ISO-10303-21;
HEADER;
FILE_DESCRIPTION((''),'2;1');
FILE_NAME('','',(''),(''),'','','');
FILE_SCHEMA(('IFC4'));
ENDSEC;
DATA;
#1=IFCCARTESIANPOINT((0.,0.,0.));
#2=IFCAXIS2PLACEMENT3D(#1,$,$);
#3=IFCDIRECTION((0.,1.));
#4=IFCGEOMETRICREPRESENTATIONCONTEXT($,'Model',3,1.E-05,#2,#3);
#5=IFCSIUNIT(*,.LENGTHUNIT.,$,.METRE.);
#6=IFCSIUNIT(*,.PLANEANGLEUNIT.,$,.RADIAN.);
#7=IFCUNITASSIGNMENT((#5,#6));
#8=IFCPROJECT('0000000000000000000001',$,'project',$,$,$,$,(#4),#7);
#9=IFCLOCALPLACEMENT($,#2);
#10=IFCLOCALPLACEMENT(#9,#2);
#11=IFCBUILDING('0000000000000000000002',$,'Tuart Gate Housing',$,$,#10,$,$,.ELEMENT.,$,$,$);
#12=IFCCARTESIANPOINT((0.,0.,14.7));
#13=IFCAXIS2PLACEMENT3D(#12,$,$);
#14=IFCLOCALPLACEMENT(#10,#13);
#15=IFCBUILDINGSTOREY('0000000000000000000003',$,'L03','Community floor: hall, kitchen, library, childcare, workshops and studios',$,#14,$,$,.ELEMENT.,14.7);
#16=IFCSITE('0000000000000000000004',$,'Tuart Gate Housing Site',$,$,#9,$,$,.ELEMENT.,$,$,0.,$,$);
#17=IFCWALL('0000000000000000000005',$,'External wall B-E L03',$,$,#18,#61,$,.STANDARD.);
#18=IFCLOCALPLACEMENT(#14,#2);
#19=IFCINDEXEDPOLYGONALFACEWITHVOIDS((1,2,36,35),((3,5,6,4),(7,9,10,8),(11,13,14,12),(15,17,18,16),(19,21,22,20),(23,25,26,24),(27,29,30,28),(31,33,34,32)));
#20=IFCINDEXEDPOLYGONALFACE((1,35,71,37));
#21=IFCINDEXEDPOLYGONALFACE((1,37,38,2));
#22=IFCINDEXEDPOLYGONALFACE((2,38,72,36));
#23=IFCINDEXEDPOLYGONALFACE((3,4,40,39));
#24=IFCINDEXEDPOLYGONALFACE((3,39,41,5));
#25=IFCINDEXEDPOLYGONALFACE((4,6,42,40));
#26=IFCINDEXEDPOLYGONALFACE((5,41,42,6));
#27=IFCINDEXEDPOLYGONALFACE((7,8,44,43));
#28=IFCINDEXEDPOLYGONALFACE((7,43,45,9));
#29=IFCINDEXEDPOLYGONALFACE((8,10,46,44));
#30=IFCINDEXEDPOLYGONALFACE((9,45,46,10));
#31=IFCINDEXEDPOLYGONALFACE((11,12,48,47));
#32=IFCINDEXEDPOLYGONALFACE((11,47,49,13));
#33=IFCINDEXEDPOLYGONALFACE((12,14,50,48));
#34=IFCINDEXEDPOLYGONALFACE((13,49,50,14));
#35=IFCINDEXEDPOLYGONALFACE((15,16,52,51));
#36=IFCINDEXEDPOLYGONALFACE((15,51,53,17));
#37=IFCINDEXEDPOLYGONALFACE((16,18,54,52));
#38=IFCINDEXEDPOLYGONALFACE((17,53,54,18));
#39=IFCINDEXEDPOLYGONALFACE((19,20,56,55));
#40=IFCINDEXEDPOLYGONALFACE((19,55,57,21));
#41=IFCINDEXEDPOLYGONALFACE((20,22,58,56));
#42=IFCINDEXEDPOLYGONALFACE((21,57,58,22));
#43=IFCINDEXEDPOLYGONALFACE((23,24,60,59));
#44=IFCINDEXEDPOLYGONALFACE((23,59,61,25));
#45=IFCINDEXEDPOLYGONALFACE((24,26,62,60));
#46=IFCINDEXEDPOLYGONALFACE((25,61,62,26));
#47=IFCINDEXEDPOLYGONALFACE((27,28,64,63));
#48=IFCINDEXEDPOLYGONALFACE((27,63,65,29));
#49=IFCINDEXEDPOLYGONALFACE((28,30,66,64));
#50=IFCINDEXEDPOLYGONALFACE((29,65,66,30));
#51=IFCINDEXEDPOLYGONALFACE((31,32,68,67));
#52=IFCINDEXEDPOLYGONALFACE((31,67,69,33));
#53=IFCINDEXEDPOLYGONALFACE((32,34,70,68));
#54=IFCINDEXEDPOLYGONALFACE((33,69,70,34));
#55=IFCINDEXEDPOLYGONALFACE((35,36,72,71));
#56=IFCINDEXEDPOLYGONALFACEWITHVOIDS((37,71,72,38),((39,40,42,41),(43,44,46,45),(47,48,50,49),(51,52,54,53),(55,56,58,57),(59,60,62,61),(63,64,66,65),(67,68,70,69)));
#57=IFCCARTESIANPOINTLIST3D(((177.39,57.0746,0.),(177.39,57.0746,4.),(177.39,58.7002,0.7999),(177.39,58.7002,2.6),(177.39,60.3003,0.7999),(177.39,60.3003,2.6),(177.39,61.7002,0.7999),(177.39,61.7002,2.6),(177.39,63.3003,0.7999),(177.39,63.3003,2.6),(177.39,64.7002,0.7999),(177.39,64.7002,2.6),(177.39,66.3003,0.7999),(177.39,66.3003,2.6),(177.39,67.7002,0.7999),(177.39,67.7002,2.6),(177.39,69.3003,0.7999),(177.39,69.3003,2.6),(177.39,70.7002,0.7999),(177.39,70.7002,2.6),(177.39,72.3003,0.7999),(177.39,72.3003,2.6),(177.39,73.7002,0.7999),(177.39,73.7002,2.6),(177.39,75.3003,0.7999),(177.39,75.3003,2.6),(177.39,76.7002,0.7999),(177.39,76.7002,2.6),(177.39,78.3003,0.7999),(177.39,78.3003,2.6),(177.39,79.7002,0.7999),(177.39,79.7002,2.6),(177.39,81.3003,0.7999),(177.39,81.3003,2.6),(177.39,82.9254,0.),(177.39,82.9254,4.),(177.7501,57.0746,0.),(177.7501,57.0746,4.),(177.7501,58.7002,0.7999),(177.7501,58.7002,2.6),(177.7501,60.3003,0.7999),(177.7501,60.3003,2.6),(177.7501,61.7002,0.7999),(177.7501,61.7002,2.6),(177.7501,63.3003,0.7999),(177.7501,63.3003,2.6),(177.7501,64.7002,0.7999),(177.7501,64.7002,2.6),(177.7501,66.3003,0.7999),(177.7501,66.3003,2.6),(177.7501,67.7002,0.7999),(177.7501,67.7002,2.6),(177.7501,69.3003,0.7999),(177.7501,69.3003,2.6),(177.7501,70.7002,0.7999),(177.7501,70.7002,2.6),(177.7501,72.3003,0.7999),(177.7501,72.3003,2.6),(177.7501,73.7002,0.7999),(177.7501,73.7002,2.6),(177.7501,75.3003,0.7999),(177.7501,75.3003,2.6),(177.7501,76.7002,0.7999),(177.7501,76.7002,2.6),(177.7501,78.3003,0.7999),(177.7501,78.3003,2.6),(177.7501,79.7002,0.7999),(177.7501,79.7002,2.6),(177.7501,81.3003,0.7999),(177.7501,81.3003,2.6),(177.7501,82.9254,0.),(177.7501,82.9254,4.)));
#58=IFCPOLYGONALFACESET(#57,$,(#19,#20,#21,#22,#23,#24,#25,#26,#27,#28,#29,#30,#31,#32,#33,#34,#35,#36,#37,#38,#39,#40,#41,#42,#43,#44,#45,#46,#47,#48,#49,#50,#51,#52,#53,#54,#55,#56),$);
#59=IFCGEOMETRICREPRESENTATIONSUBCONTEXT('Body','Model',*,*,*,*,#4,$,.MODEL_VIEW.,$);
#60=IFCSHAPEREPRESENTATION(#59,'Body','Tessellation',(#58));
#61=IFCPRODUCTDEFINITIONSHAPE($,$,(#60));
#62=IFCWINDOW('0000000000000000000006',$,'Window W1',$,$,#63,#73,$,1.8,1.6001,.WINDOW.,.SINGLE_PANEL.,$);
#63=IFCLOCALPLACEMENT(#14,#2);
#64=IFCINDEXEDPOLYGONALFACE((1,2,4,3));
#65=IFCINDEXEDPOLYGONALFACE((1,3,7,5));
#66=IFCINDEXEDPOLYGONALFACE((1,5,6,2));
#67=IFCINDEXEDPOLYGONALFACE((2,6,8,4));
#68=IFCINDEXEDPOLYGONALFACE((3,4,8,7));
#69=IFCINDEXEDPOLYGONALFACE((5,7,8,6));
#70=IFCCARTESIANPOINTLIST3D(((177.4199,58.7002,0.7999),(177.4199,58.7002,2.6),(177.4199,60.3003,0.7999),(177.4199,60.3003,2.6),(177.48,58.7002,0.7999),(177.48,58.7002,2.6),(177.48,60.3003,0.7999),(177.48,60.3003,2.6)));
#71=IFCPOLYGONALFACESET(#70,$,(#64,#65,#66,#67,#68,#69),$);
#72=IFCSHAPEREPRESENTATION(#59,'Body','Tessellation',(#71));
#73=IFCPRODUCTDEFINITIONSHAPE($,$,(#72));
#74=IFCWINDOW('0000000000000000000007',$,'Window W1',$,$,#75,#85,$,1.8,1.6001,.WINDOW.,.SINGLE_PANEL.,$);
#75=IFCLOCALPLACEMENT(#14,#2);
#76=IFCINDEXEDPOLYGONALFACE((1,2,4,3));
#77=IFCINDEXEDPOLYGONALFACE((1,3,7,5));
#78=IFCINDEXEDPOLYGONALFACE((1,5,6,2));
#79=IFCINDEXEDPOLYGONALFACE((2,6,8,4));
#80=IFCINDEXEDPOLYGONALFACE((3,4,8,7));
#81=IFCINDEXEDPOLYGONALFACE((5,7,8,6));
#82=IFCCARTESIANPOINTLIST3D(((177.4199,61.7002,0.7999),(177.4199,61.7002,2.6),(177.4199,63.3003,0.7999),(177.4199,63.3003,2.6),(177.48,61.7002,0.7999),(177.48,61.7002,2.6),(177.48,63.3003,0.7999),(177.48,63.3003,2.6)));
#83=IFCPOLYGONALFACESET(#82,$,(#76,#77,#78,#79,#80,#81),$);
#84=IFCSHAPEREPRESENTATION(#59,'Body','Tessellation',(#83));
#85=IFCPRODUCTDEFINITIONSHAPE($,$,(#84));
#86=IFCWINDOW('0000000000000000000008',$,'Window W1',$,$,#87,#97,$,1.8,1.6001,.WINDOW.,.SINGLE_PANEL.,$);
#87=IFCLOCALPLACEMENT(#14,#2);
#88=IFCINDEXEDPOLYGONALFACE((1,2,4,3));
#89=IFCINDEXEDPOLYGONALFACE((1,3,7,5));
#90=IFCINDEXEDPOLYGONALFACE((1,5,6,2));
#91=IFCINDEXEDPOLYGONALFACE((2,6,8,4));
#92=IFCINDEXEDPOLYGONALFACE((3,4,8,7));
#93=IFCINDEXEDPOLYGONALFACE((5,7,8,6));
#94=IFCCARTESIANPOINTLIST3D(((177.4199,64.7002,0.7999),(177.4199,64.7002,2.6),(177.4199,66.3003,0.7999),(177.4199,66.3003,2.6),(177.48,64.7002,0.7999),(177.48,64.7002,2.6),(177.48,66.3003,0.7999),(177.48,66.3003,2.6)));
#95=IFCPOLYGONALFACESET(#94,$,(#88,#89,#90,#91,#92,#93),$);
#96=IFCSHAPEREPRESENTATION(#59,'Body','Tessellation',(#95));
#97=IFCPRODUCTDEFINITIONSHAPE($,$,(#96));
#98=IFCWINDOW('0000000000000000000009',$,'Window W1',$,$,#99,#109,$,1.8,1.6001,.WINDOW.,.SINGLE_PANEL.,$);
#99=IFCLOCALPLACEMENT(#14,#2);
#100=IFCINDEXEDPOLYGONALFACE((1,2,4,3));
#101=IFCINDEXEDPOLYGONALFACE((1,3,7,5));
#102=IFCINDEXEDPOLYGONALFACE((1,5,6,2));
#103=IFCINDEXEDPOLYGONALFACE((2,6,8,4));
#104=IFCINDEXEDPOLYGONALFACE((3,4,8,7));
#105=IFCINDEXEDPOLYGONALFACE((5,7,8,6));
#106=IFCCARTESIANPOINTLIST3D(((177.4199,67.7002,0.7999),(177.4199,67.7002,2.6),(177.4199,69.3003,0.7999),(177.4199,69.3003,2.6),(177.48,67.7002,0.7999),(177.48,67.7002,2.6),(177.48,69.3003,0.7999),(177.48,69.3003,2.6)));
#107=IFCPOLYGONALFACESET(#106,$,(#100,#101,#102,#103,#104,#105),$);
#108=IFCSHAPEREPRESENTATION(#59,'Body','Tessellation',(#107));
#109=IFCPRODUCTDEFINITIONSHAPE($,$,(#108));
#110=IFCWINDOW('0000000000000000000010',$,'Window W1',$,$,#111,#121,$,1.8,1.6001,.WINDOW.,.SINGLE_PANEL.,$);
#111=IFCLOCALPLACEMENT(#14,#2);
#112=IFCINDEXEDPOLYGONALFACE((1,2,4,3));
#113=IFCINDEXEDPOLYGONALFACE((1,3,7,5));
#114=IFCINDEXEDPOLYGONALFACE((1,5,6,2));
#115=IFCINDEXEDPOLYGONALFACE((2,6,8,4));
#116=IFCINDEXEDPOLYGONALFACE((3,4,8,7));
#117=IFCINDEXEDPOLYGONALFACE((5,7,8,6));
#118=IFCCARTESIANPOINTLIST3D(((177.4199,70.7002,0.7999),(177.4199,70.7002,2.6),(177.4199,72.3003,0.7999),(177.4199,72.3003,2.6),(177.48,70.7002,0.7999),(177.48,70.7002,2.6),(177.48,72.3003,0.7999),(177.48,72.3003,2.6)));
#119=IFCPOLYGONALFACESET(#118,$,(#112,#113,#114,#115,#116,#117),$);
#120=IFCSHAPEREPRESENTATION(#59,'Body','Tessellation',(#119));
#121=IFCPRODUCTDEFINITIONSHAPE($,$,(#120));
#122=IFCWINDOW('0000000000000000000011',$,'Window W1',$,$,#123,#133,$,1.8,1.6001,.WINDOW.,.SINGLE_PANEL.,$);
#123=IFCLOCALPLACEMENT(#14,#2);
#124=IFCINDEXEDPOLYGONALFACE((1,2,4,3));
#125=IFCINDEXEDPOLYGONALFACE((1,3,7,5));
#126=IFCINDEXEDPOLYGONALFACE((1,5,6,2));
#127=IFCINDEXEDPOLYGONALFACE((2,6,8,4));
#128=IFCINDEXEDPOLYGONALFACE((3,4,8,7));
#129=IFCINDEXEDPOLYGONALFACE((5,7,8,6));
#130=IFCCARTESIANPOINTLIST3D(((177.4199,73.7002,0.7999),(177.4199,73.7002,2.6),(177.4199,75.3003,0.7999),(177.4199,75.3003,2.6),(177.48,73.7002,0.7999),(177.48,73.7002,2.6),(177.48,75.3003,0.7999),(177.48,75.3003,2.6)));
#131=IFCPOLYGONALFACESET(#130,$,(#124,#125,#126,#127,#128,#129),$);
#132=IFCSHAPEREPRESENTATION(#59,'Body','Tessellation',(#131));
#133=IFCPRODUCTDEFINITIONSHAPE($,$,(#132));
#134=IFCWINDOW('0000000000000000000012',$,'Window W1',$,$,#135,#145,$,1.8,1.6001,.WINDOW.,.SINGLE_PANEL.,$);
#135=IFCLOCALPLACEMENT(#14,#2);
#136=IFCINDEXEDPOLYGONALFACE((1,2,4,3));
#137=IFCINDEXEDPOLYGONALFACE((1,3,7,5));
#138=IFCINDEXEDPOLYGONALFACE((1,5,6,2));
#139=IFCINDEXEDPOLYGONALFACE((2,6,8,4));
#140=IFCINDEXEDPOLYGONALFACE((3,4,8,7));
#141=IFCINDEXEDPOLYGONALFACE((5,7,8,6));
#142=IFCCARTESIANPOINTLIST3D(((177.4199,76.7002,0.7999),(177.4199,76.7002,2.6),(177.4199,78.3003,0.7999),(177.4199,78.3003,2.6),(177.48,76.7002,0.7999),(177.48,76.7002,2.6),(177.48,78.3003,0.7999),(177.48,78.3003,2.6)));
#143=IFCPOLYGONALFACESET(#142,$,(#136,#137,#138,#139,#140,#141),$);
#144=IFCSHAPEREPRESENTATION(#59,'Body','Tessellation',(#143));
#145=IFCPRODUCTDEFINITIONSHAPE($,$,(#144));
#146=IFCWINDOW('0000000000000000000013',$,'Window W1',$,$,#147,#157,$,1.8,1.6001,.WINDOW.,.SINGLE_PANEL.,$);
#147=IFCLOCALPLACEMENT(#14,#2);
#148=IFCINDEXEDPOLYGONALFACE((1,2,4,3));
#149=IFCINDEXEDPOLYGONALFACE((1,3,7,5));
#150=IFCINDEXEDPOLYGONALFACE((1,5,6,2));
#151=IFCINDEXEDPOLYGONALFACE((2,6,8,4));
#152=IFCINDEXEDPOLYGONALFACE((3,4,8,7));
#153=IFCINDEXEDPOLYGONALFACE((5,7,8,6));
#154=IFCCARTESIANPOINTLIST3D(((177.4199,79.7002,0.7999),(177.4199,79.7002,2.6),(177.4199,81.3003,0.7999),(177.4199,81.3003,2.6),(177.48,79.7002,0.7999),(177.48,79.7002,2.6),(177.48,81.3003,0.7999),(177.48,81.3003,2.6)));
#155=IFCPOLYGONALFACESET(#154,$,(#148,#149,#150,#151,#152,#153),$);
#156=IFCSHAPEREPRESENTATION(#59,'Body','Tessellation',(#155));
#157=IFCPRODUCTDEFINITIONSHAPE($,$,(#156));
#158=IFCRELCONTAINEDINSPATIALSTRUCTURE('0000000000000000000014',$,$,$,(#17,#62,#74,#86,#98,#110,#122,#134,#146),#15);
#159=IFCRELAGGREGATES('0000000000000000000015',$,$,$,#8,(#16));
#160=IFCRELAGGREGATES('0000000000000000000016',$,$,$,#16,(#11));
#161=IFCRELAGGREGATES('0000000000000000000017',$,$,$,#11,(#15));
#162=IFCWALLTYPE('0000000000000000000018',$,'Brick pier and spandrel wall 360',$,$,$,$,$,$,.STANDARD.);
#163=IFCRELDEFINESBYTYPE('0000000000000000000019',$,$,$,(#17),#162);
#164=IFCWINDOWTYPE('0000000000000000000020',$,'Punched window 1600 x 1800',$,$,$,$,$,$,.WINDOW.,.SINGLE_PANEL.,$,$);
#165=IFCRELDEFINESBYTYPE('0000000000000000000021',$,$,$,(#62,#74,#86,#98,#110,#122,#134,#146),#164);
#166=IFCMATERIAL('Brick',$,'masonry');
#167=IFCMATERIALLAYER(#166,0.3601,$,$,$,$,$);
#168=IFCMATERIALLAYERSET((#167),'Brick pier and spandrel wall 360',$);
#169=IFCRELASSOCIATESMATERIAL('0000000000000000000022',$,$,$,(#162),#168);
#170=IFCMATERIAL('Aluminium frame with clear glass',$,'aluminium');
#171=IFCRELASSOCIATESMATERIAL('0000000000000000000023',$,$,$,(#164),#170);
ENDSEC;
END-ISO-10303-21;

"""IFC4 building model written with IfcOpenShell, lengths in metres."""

from ifc_helpers import new_model, si_unit, direction, frame, frame_2d, origin, place, context, subcontext, project, spatial, rectangle, extrude, material, layer, layer_set, type_object, element, fill, save


model = new_model("IFC4")

# Units and contexts
model_context = context("Model", 3, precision=1e-05, world=origin(), true_north=direction((0.0, 1.0)))
body_context = subcontext(model_context, "Body", "Model", "MODEL_VIEW")
ifc_project = project(units=[si_unit("LENGTHUNIT", "METRE"), si_unit("PLANEANGLEUNIT", "RADIAN")], contexts=[model_context])

# Site, building, storey
site_placement = place(None, origin())
site = spatial("IfcSite", under=ifc_project, at=site_placement, Name="Tuart Gate Housing Site", CompositionType="ELEMENT", RefElevation=0.0)
building_placement = place(site_placement, origin())
building = spatial("IfcBuilding", under=site, at=building_placement, Name="Tuart Gate Housing", CompositionType="ELEMENT")
storey_placement = place(building_placement, frame((0.0, 0.0, 14.7)))
storey = spatial("IfcBuildingStorey", under=building, at=storey_placement, Name="L03", Description="Community floor: hall, kitchen, library, childcare, workshops and studios", CompositionType="ELEMENT", Elevation=14.7)

# Wall, openings, windows
ifc_material_1 = material(Name="Brick", Category="masonry")
ifc_layer_1 = layer(ifc_material_1, 0.3601)
ifc_layer_set_1 = layer_set([ifc_layer_1], Name="Brick pier and spandrel wall 360")
wall_type_1 = type_object("IfcWallType", Name="Brick pier and spandrel wall 360", PredefinedType="STANDARD", material=ifc_layer_set_1)
wall_1_placement = place(storey_placement, frame((177.5701, 57.0747, 0.0), z_axis=(0.0, 0.0, 1.0), x_axis=(0.0, 1.0, 0.0)))
wall_1 = element("IfcWall", 1, at=wall_1_placement, inside=storey, type_object=wall_type_1, Name="External wall B-E L03", PredefinedType="STANDARD", context=body_context, shape_type="SweptSolid", body=[
    extrude(rectangle(XDim=25.8508, YDim=0.3601, at=frame_2d((12.9253, 0.0))), origin(), (0.0, 0.0, 1.0), 4.0),
])
opening_1_placement = place(wall_1_placement, frame((1.6255, 0.0, 0.8)))
opening_1 = element("IfcOpeningElement", 2, at=opening_1_placement, cuts=wall_1, PredefinedType="OPENING", context=body_context, shape_type="SweptSolid", body=[
    extrude(rectangle(XDim=1.6001, YDim=1.8, at=frame_2d((0.8, 0.8999))), frame((0.0, 0.1899, 0.0), z_axis=(0.0, -1.0, 0.0), x_axis=(1.0, 0.0, 0.0)), (0.0, 0.0, 1.0), 0.3801),
])
opening_2_placement = place(wall_1_placement, frame((4.6255, 0.0, 0.8)))
opening_2 = element("IfcOpeningElement", 3, at=opening_2_placement, cuts=wall_1, PredefinedType="OPENING", context=body_context, shape_type="SweptSolid", body=[
    extrude(rectangle(XDim=1.6001, YDim=1.8, at=frame_2d((0.8, 0.8999))), frame((0.0, 0.1899, 0.0), z_axis=(0.0, -1.0, 0.0), x_axis=(1.0, 0.0, 0.0)), (0.0, 0.0, 1.0), 0.3801),
])
opening_3_placement = place(wall_1_placement, frame((7.6255, 0.0, 0.8)))
opening_3 = element("IfcOpeningElement", 4, at=opening_3_placement, cuts=wall_1, PredefinedType="OPENING", context=body_context, shape_type="SweptSolid", body=[
    extrude(rectangle(XDim=1.6001, YDim=1.8, at=frame_2d((0.8, 0.8999))), frame((0.0, 0.1899, 0.0), z_axis=(0.0, -1.0, 0.0), x_axis=(1.0, 0.0, 0.0)), (0.0, 0.0, 1.0), 0.3801),
])
opening_4_placement = place(wall_1_placement, frame((10.6255, 0.0, 0.8)))
opening_4 = element("IfcOpeningElement", 5, at=opening_4_placement, cuts=wall_1, PredefinedType="OPENING", context=body_context, shape_type="SweptSolid", body=[
    extrude(rectangle(XDim=1.6001, YDim=1.8, at=frame_2d((0.8, 0.8999))), frame((0.0, 0.1899, 0.0), z_axis=(0.0, -1.0, 0.0), x_axis=(1.0, 0.0, 0.0)), (0.0, 0.0, 1.0), 0.3801),
])
opening_5_placement = place(wall_1_placement, frame((13.6255, 0.0, 0.8)))
opening_5 = element("IfcOpeningElement", 6, at=opening_5_placement, cuts=wall_1, PredefinedType="OPENING", context=body_context, shape_type="SweptSolid", body=[
    extrude(rectangle(XDim=1.6001, YDim=1.8, at=frame_2d((0.8, 0.8999))), frame((0.0, 0.1899, 0.0), z_axis=(0.0, -1.0, 0.0), x_axis=(1.0, 0.0, 0.0)), (0.0, 0.0, 1.0), 0.3801),
])
opening_6_placement = place(wall_1_placement, frame((16.6255, 0.0, 0.8)))
opening_6 = element("IfcOpeningElement", 7, at=opening_6_placement, cuts=wall_1, PredefinedType="OPENING", context=body_context, shape_type="SweptSolid", body=[
    extrude(rectangle(XDim=1.6001, YDim=1.8, at=frame_2d((0.8, 0.8999))), frame((0.0, 0.1899, 0.0), z_axis=(0.0, -1.0, 0.0), x_axis=(1.0, 0.0, 0.0)), (0.0, 0.0, 1.0), 0.3801),
])
opening_7_placement = place(wall_1_placement, frame((19.6255, 0.0, 0.8)))
opening_7 = element("IfcOpeningElement", 8, at=opening_7_placement, cuts=wall_1, PredefinedType="OPENING", context=body_context, shape_type="SweptSolid", body=[
    extrude(rectangle(XDim=1.6001, YDim=1.8, at=frame_2d((0.8, 0.8999))), frame((0.0, 0.1899, 0.0), z_axis=(0.0, -1.0, 0.0), x_axis=(1.0, 0.0, 0.0)), (0.0, 0.0, 1.0), 0.3801),
])
opening_8_placement = place(wall_1_placement, frame((22.6255, 0.0, 0.8)))
opening_8 = element("IfcOpeningElement", 9, at=opening_8_placement, cuts=wall_1, PredefinedType="OPENING", context=body_context, shape_type="SweptSolid", body=[
    extrude(rectangle(XDim=1.6001, YDim=1.8, at=frame_2d((0.8, 0.8999))), frame((0.0, 0.1899, 0.0), z_axis=(0.0, -1.0, 0.0), x_axis=(1.0, 0.0, 0.0)), (0.0, 0.0, 1.0), 0.3801),
])
ifc_material_2 = material(Name="Aluminium frame with clear glass", Category="aluminium")
window_type = type_object("IfcWindowType", Name="Punched window 1600 x 1800", PartitioningType="SINGLE_PANEL", PredefinedType="WINDOW", material=ifc_material_2)
window_1_placement = place(opening_1_placement, origin())
window_1 = element("IfcWindow", 10, at=window_1_placement, inside=storey, type_object=window_type, Name="Window W1", OverallHeight=1.8, OverallWidth=1.6001, PartitioningType="SINGLE_PANEL", PredefinedType="WINDOW", context=body_context, shape_type="SweptSolid", body=[
    extrude(rectangle(XDim=1.6001, YDim=1.8, at=frame_2d((0.8, 0.8999))), frame((0.0, 0.1501, 0.0), z_axis=(0.0, -1.0, 0.0), x_axis=(1.0, 0.0, 0.0)), (0.0, 0.0, 1.0), 0.0601),
])
fill(opening_1, window_1)
window_2_placement = place(opening_2_placement, origin())
window_2 = element("IfcWindow", 11, at=window_2_placement, inside=storey, type_object=window_type, Name="Window W1", OverallHeight=1.8, OverallWidth=1.6001, PartitioningType="SINGLE_PANEL", PredefinedType="WINDOW", context=body_context, shape_type="SweptSolid", body=[
    extrude(rectangle(XDim=1.6001, YDim=1.8, at=frame_2d((0.8, 0.8999))), frame((0.0, 0.1501, 0.0), z_axis=(0.0, -1.0, 0.0), x_axis=(1.0, 0.0, 0.0)), (0.0, 0.0, 1.0), 0.0601),
])
fill(opening_2, window_2)
window_3_placement = place(opening_3_placement, origin())
window_3 = element("IfcWindow", 12, at=window_3_placement, inside=storey, type_object=window_type, Name="Window W1", OverallHeight=1.8, OverallWidth=1.6001, PartitioningType="SINGLE_PANEL", PredefinedType="WINDOW", context=body_context, shape_type="SweptSolid", body=[
    extrude(rectangle(XDim=1.6001, YDim=1.8, at=frame_2d((0.8, 0.8999))), frame((0.0, 0.1501, 0.0), z_axis=(0.0, -1.0, 0.0), x_axis=(1.0, 0.0, 0.0)), (0.0, 0.0, 1.0), 0.0601),
])
fill(opening_3, window_3)
window_4_placement = place(opening_4_placement, origin())
window_4 = element("IfcWindow", 13, at=window_4_placement, inside=storey, type_object=window_type, Name="Window W1", OverallHeight=1.8, OverallWidth=1.6001, PartitioningType="SINGLE_PANEL", PredefinedType="WINDOW", context=body_context, shape_type="SweptSolid", body=[
    extrude(rectangle(XDim=1.6001, YDim=1.8, at=frame_2d((0.8, 0.8999))), frame((0.0, 0.1501, 0.0), z_axis=(0.0, -1.0, 0.0), x_axis=(1.0, 0.0, 0.0)), (0.0, 0.0, 1.0), 0.0601),
])
fill(opening_4, window_4)
window_5_placement = place(opening_5_placement, origin())
window_5 = element("IfcWindow", 14, at=window_5_placement, inside=storey, type_object=window_type, Name="Window W1", OverallHeight=1.8, OverallWidth=1.6001, PartitioningType="SINGLE_PANEL", PredefinedType="WINDOW", context=body_context, shape_type="SweptSolid", body=[
    extrude(rectangle(XDim=1.6001, YDim=1.8, at=frame_2d((0.8, 0.8999))), frame((0.0, 0.1501, 0.0), z_axis=(0.0, -1.0, 0.0), x_axis=(1.0, 0.0, 0.0)), (0.0, 0.0, 1.0), 0.0601),
])
fill(opening_5, window_5)
window_6_placement = place(opening_6_placement, origin())
window_6 = element("IfcWindow", 15, at=window_6_placement, inside=storey, type_object=window_type, Name="Window W1", OverallHeight=1.8, OverallWidth=1.6001, PartitioningType="SINGLE_PANEL", PredefinedType="WINDOW", context=body_context, shape_type="SweptSolid", body=[
    extrude(rectangle(XDim=1.6001, YDim=1.8, at=frame_2d((0.8, 0.8999))), frame((0.0, 0.1501, 0.0), z_axis=(0.0, -1.0, 0.0), x_axis=(1.0, 0.0, 0.0)), (0.0, 0.0, 1.0), 0.0601),
])
fill(opening_6, window_6)
window_7_placement = place(opening_7_placement, origin())
window_7 = element("IfcWindow", 16, at=window_7_placement, inside=storey, type_object=window_type, Name="Window W1", OverallHeight=1.8, OverallWidth=1.6001, PartitioningType="SINGLE_PANEL", PredefinedType="WINDOW", context=body_context, shape_type="SweptSolid", body=[
    extrude(rectangle(XDim=1.6001, YDim=1.8, at=frame_2d((0.8, 0.8999))), frame((0.0, 0.1501, 0.0), z_axis=(0.0, -1.0, 0.0), x_axis=(1.0, 0.0, 0.0)), (0.0, 0.0, 1.0), 0.0601),
])
fill(opening_7, window_7)
window_8_placement = place(opening_8_placement, origin())
window_8 = element("IfcWindow", 17, at=window_8_placement, inside=storey, type_object=window_type, Name="Window W1", OverallHeight=1.8, OverallWidth=1.6001, PartitioningType="SINGLE_PANEL", PredefinedType="WINDOW", context=body_context, shape_type="SweptSolid", body=[
    extrude(rectangle(XDim=1.6001, YDim=1.8, at=frame_2d((0.8, 0.8999))), frame((0.0, 0.1501, 0.0), z_axis=(0.0, -1.0, 0.0), x_axis=(1.0, 0.0, 0.0)), (0.0, 0.0, 1.0), 0.0601),
])
fill(opening_8, window_8)

save(model, "model.ifc")
